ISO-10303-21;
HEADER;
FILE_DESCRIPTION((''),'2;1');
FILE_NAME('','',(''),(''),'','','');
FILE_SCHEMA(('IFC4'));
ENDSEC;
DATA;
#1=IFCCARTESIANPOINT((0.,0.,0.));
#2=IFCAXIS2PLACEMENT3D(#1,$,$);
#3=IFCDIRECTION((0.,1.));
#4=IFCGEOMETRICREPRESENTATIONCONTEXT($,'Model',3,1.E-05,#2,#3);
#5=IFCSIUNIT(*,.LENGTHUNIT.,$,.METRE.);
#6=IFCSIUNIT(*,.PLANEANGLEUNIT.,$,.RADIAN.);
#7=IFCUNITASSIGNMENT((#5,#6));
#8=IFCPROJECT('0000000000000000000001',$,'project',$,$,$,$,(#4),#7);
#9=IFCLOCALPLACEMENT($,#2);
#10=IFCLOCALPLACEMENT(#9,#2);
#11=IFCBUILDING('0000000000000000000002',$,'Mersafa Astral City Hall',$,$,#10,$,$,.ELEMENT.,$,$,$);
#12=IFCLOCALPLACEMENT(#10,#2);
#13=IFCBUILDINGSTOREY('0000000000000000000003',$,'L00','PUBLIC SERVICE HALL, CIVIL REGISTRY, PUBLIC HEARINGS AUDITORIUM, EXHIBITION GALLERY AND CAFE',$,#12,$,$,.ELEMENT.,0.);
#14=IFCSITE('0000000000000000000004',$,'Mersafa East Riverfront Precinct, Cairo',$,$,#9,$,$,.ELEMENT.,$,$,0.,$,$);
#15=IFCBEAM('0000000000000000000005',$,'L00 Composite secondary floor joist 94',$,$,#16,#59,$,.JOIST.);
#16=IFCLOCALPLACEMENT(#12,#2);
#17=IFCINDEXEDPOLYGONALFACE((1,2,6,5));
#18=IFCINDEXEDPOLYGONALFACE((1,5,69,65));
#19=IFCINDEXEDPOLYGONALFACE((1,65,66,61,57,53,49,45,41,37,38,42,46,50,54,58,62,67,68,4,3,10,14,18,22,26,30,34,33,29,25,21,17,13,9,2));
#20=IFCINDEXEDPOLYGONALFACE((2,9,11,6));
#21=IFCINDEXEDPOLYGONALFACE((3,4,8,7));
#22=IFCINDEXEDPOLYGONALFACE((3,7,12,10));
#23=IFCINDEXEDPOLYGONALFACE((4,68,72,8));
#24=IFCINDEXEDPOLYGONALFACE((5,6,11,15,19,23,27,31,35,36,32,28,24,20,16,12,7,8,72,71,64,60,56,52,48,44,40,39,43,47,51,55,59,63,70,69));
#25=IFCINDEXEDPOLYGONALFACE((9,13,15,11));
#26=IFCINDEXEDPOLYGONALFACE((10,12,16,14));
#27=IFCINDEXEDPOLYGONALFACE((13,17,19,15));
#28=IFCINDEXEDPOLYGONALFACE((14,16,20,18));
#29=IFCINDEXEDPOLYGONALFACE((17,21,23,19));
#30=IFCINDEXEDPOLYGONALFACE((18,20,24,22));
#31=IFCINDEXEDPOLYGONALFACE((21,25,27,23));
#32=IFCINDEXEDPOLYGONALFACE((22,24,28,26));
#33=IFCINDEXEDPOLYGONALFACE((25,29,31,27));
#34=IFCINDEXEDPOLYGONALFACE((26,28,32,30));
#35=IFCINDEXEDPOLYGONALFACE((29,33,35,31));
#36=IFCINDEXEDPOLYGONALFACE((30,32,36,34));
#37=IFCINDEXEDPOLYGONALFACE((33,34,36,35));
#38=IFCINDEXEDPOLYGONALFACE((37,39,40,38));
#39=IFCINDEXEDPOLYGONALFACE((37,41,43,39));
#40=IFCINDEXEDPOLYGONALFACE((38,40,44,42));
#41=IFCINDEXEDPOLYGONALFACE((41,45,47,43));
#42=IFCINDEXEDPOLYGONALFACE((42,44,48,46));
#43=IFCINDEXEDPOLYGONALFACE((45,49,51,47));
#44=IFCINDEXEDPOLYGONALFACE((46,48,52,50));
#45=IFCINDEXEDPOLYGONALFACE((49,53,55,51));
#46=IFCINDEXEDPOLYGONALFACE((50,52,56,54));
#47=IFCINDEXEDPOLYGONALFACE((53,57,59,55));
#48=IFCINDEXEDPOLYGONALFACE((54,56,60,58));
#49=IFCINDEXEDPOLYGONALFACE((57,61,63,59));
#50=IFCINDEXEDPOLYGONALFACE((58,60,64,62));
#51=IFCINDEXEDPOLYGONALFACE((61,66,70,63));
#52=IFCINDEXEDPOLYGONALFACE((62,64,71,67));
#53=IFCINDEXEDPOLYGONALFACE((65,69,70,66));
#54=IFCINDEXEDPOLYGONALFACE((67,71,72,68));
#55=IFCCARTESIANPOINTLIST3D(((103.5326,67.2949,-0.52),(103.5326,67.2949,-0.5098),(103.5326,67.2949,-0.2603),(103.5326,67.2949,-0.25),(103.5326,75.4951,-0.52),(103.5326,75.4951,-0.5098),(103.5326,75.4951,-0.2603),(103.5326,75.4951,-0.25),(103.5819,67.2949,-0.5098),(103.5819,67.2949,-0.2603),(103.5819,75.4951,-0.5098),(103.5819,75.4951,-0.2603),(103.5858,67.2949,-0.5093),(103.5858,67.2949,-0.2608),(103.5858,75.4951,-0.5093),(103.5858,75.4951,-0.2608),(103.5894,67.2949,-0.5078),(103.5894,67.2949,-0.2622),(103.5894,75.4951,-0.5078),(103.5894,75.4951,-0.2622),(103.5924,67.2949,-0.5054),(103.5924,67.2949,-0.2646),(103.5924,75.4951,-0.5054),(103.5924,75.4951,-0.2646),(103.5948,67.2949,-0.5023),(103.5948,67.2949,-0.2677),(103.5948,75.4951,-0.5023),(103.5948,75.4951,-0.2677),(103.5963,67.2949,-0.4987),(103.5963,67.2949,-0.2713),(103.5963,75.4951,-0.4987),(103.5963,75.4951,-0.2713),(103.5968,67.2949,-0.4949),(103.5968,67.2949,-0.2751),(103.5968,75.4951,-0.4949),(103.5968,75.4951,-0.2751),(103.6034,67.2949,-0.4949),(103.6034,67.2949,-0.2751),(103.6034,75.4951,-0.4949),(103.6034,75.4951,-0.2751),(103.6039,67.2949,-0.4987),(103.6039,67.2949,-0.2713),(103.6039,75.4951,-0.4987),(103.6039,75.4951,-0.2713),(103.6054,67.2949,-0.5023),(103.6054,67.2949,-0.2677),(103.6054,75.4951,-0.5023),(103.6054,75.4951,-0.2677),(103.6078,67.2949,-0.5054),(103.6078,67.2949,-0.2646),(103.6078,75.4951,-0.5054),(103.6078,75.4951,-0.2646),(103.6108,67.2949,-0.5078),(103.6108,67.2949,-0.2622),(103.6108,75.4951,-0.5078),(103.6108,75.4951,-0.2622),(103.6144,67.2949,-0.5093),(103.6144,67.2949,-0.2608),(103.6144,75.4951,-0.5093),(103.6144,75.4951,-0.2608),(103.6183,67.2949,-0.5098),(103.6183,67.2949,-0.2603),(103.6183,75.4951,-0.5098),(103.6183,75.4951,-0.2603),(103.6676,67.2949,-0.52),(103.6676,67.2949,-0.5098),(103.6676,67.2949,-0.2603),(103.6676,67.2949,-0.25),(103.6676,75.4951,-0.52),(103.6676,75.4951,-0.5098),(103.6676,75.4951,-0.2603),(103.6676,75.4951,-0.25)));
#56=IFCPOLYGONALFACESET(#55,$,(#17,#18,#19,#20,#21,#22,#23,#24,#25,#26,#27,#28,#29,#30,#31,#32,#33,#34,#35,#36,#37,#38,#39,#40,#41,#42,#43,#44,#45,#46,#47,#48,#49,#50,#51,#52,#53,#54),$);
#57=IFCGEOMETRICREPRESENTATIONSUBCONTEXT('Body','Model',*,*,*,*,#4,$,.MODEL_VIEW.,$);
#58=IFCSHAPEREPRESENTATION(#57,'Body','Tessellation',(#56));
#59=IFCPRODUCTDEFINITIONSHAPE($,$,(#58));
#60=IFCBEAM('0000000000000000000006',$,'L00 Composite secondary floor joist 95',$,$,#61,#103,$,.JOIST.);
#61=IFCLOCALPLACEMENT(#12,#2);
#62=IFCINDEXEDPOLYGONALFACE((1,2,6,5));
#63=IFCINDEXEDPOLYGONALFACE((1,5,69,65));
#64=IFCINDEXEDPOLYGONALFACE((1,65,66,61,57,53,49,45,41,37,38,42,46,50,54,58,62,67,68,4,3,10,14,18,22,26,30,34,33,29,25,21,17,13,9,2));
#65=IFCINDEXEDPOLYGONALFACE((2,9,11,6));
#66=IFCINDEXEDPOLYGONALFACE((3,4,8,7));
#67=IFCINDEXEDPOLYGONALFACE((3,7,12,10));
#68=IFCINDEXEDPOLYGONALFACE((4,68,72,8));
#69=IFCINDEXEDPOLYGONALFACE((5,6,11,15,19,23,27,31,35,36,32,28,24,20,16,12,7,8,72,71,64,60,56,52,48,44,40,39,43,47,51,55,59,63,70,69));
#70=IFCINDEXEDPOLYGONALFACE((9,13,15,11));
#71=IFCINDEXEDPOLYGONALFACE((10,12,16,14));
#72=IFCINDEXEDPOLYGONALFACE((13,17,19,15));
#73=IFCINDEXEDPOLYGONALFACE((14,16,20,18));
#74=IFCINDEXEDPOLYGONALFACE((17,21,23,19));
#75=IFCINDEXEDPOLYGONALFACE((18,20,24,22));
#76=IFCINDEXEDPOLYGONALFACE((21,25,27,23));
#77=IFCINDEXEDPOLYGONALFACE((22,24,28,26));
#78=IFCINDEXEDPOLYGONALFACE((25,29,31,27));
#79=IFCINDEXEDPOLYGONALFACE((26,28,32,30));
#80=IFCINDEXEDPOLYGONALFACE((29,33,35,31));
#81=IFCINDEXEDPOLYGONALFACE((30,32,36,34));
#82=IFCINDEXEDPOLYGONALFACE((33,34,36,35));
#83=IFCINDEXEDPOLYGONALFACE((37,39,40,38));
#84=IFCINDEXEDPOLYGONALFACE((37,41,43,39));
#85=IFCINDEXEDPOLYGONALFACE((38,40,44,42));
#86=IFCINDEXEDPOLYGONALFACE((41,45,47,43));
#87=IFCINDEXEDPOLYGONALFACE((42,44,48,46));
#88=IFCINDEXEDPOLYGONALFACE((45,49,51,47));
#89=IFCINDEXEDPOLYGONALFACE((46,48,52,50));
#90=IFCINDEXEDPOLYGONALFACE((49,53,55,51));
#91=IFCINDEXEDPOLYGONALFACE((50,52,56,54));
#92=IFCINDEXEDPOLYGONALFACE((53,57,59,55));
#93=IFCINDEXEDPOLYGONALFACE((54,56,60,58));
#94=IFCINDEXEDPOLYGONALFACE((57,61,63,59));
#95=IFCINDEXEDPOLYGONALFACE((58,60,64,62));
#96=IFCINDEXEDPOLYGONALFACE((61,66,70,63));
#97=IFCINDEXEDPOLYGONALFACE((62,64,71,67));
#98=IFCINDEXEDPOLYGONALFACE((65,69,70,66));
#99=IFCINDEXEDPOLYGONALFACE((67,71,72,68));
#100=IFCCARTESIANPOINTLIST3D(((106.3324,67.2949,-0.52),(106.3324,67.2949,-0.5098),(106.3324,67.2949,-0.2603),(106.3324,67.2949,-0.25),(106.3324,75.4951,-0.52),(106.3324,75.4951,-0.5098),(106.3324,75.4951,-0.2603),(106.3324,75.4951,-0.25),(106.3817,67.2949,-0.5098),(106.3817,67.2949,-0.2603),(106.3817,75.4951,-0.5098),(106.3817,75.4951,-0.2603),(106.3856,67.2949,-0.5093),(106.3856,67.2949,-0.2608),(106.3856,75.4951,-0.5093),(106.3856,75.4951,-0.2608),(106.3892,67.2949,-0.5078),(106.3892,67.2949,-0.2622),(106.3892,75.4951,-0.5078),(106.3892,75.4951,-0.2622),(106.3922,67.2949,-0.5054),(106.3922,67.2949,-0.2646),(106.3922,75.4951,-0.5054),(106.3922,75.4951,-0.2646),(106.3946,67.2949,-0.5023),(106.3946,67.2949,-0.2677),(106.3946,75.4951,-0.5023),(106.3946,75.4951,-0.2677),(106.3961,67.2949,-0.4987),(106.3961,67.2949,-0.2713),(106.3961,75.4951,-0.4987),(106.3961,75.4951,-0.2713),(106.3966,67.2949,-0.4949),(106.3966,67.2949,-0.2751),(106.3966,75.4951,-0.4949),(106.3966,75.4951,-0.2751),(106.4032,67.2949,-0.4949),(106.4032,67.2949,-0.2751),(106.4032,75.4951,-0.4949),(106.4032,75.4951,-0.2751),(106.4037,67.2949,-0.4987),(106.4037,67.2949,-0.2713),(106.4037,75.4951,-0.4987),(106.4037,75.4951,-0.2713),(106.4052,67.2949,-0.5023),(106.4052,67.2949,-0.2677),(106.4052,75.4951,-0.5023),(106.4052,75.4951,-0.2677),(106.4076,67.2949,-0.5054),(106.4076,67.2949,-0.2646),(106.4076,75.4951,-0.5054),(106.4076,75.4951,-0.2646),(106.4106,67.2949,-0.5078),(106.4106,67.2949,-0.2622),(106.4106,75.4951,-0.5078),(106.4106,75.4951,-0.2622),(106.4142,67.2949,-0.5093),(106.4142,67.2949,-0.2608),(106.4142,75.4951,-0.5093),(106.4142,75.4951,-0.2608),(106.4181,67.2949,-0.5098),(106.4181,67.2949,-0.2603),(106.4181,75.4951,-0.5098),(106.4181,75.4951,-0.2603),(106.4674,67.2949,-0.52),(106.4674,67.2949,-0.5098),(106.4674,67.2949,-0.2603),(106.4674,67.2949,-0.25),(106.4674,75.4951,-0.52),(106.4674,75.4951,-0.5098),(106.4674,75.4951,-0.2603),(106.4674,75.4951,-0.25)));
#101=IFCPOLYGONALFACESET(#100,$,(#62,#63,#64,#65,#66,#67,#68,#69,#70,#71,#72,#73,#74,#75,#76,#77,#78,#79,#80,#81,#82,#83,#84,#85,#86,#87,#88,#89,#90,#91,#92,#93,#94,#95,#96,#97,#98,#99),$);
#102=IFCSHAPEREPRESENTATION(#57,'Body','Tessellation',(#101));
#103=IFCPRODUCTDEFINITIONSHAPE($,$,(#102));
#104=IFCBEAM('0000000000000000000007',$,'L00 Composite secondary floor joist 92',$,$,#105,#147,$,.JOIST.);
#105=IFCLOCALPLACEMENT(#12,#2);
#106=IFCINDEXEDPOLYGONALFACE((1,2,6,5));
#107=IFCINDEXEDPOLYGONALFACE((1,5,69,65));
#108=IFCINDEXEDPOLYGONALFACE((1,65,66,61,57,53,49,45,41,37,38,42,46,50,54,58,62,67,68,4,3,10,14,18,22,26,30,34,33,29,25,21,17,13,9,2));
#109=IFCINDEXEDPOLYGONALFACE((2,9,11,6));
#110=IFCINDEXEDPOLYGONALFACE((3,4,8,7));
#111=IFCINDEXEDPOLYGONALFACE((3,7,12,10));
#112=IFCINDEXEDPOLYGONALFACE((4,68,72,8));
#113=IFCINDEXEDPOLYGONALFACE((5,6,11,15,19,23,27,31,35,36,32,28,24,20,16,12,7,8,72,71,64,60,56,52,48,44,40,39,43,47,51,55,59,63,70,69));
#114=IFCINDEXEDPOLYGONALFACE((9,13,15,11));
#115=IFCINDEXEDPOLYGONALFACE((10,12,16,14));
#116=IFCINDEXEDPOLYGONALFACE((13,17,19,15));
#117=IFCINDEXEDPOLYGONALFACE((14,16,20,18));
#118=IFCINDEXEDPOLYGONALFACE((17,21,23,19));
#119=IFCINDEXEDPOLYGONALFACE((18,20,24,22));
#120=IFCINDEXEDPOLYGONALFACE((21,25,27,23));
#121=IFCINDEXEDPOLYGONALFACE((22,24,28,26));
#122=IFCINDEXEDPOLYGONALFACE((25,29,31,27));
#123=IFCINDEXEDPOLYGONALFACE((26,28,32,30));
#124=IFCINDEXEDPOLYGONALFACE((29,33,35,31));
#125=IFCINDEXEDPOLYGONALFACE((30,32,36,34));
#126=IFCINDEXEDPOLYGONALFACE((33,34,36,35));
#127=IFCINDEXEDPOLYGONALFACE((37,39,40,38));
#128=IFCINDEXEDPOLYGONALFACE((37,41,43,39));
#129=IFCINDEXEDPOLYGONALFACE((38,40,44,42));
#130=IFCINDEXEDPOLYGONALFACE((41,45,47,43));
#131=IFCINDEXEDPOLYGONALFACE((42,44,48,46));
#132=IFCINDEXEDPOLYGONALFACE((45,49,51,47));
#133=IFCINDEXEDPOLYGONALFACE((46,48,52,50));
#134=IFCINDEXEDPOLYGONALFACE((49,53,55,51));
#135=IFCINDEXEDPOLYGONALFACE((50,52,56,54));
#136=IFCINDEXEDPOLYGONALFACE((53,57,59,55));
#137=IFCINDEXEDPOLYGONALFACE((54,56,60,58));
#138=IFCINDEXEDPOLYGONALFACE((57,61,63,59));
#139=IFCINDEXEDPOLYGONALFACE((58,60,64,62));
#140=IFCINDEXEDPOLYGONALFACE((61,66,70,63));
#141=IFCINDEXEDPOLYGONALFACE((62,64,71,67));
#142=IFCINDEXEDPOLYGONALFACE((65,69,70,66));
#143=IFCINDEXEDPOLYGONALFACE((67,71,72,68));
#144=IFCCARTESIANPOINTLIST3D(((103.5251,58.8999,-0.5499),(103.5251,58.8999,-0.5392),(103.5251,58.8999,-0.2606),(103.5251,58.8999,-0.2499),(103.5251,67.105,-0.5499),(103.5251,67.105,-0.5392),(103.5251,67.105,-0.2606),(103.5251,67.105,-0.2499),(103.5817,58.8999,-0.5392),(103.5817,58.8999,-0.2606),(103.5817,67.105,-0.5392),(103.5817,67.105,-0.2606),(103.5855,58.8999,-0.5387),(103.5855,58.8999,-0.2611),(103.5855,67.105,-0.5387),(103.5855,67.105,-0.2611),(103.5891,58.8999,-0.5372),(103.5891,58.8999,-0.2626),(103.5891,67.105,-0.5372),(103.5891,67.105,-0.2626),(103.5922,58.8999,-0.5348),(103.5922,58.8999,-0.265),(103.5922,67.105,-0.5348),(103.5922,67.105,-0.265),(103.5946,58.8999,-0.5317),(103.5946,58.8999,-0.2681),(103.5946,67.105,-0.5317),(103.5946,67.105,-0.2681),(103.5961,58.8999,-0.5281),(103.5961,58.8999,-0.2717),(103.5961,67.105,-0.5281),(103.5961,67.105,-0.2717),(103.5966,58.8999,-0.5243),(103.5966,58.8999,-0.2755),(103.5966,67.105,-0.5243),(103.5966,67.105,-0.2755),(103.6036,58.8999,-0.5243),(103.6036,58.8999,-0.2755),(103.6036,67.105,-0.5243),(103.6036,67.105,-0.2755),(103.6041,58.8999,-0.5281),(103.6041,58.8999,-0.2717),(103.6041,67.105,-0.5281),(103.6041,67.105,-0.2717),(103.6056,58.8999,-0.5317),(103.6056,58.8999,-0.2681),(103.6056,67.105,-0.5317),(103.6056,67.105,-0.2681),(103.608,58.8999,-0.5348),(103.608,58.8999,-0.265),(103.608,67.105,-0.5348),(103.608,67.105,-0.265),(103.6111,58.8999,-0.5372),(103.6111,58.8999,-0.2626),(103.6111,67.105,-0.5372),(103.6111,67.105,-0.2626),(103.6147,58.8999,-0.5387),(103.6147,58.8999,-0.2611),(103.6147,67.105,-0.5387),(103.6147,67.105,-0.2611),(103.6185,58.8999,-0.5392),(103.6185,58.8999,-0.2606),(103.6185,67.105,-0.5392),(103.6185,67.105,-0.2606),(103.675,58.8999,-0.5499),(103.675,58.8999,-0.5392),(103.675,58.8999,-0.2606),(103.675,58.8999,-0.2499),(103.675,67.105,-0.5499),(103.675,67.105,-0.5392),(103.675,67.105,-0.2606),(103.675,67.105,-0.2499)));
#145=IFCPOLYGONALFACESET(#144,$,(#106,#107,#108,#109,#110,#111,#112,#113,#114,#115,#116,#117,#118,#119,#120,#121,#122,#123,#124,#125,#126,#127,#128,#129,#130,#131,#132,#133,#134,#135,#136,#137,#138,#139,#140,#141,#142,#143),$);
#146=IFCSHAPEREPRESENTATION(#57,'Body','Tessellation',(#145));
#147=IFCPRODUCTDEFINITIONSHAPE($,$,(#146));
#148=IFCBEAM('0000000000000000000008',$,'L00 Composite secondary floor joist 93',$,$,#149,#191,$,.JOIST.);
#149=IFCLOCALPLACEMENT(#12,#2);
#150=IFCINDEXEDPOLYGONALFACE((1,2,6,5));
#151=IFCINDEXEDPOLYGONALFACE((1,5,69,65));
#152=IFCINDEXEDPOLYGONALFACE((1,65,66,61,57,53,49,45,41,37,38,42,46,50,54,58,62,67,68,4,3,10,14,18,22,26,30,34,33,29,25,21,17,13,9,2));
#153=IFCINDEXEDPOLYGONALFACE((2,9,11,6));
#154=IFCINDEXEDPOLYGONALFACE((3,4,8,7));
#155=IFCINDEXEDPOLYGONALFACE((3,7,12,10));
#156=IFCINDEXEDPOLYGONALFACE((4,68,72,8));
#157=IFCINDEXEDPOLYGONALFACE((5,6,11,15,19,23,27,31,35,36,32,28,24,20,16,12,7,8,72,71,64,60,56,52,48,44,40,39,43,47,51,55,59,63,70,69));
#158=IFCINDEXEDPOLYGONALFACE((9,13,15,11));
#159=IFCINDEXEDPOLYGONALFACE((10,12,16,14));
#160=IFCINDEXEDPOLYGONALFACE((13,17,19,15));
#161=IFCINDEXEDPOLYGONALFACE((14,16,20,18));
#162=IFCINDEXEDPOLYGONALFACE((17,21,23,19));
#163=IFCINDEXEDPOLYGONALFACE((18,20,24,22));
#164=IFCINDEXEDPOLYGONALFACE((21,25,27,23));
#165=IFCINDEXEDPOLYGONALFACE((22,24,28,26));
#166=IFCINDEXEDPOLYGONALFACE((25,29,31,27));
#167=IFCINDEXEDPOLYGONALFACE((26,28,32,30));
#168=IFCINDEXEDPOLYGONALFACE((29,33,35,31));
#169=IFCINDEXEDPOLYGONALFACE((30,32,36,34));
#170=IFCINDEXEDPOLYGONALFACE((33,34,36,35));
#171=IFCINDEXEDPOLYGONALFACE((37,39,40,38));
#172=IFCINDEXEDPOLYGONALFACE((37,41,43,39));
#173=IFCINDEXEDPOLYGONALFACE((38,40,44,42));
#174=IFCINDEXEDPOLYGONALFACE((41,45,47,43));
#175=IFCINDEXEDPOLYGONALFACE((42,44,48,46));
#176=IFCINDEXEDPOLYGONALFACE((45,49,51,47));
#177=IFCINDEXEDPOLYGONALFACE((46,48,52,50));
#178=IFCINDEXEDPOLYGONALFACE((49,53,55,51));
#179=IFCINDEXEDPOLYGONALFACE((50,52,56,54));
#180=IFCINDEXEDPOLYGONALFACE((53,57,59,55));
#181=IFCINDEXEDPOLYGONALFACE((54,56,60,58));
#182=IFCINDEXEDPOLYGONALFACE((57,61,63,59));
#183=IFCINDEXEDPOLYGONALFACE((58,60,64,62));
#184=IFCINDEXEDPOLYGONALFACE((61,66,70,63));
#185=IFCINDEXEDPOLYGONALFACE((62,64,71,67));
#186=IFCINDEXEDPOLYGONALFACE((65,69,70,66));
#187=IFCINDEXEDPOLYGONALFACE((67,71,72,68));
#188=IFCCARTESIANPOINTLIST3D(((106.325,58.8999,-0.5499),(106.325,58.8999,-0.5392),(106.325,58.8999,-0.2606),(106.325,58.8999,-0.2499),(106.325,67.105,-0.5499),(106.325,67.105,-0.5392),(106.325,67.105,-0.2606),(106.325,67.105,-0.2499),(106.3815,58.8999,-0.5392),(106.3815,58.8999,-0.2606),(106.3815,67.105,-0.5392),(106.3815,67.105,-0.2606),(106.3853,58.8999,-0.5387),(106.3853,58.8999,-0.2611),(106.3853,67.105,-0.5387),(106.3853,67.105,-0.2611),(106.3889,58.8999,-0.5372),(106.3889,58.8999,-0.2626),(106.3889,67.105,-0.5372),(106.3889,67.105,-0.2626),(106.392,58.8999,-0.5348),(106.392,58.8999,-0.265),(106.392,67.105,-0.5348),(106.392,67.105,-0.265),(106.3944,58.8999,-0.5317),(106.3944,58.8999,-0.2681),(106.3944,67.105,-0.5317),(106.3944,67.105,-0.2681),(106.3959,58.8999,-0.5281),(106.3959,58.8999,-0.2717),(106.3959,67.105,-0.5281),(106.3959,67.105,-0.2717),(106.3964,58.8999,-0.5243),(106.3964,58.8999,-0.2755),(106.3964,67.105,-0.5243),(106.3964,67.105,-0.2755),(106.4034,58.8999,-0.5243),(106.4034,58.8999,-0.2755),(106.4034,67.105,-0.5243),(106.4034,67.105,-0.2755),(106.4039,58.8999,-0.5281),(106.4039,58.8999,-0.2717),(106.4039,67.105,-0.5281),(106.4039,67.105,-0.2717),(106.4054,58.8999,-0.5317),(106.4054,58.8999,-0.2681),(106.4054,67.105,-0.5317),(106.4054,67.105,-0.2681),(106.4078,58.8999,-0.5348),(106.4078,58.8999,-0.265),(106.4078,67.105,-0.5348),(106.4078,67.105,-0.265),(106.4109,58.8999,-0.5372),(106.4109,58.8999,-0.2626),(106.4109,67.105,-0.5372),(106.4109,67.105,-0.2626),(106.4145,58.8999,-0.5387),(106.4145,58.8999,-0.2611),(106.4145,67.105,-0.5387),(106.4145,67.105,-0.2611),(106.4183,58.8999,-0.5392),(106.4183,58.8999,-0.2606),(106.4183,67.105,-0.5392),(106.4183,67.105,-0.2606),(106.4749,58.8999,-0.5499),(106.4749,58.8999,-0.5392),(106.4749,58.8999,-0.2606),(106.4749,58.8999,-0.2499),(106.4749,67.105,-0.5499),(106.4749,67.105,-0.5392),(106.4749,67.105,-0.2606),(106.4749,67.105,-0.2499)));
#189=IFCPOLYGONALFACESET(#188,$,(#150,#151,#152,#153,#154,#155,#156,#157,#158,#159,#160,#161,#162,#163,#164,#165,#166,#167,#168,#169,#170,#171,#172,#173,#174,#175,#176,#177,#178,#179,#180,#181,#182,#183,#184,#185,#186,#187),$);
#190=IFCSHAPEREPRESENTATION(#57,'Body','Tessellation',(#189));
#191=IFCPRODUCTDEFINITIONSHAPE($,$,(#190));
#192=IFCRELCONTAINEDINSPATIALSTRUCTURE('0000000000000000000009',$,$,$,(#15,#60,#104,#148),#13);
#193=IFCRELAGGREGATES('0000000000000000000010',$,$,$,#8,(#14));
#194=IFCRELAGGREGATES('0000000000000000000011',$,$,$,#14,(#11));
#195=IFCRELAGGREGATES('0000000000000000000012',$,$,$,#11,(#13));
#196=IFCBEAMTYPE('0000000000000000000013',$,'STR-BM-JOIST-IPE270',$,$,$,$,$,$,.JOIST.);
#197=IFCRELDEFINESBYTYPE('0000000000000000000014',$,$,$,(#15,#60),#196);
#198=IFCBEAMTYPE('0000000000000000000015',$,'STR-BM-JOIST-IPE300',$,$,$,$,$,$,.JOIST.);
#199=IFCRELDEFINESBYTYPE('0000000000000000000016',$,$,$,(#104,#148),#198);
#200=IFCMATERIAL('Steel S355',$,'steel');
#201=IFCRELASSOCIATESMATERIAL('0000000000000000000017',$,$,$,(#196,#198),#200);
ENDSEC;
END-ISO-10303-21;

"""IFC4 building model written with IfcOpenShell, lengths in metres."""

from ifc_helpers import new_model, si_unit, direction, frame, origin, origin_2d, place, context, subcontext, project, spatial, i_section, extrude, material, material_profile, profile_set, type_object, element, save


model = new_model("IFC4")

# Units and contexts
model_context = context("Model", 3, precision=1e-05, world=origin(), true_north=direction((0.0, 1.0)))
body_context = subcontext(model_context, "Body", "Model", "MODEL_VIEW")
ifc_project = project(units=[si_unit("LENGTHUNIT", "METRE"), si_unit("PLANEANGLEUNIT", "RADIAN")], contexts=[model_context])

# Site, building, storey
site_placement = place(None, origin())
site = spatial("IfcSite", under=ifc_project, at=site_placement, Name="Mersafa East Riverfront Precinct, Cairo", CompositionType="ELEMENT", RefElevation=0.0)
building_placement = place(site_placement, origin())
building = spatial("IfcBuilding", under=site, at=building_placement, Name="Mersafa Astral City Hall", CompositionType="ELEMENT")
storey_placement = place(building_placement, origin())
storey = spatial("IfcBuildingStorey", under=building, at=storey_placement, Name="L00", Description="PUBLIC SERVICE HALL, CIVIL REGISTRY, PUBLIC HEARINGS AUDITORIUM, EXHIBITION GALLERY AND CAFE", CompositionType="ELEMENT", Elevation=0.0)

# Beams
ifc_material_1 = material(Name="Steel S355", Category="steel")
ifc_material_profile_1 = material_profile(ifc_material_1, i_section(OverallWidth=0.135, OverallDepth=0.27, WebThickness=0.0066, FlangeThickness=0.0103, FilletRadius=0.0149, at=origin_2d()), Name="IPE 270")
ifc_profile_set_1 = profile_set([ifc_material_profile_1], Name="Steel S355")
beam_type_1 = type_object("IfcBeamType", Name="STR-BM-JOIST-IPE270", PredefinedType="JOIST", material=ifc_profile_set_1)
for number, where, z_axis, x_axis, name in (
    (1, (103.6001, 67.2949, -0.385), (0.0, 1.0, 0.0), (-1.0, 0.0, 0.0), "L00 Composite secondary floor joist 94"),
    (2, (106.3999, 67.2949, -0.385), (0.0, 1.0, 0.0), (-1.0, 0.0, 0.0), "L00 Composite secondary floor joist 95"),
):
    element("IfcBeam", number, at=place(storey_placement, frame(where, z_axis=z_axis, x_axis=x_axis)), inside=storey, type_object=beam_type_1, Name=name, PredefinedType="JOIST", context=body_context, shape_type="SweptSolid", body=[
        extrude(i_section(OverallWidth=0.135, OverallDepth=0.27, WebThickness=0.0066, FlangeThickness=0.0103, FilletRadius=0.0149, at=origin_2d()), origin(), (0.0, 0.0, 1.0), 8.2002),
    ])
ifc_material_profile_2 = material_profile(ifc_material_1, i_section(OverallWidth=0.1499, OverallDepth=0.3, WebThickness=0.0071, FlangeThickness=0.0107, FilletRadius=0.0149, at=origin_2d()), Name="IPE 300")
ifc_profile_set_2 = profile_set([ifc_material_profile_2], Name="Steel S355")
beam_type_2 = type_object("IfcBeamType", Name="STR-BM-JOIST-IPE300", PredefinedType="JOIST", material=ifc_profile_set_2)
for number, where, z_axis, x_axis, name in (
    (3, (103.6001, 58.8999, -0.3999), (0.0, 1.0, 0.0), (-1.0, 0.0, 0.0), "L00 Composite secondary floor joist 92"),
    (4, (106.3999, 58.8999, -0.3999), (0.0, 1.0, 0.0), (-1.0, 0.0, 0.0), "L00 Composite secondary floor joist 93"),
):
    element("IfcBeam", number, at=place(storey_placement, frame(where, z_axis=z_axis, x_axis=x_axis)), inside=storey, type_object=beam_type_2, Name=name, PredefinedType="JOIST", context=body_context, shape_type="SweptSolid", body=[
        extrude(i_section(OverallWidth=0.1499, OverallDepth=0.3, WebThickness=0.0071, FlangeThickness=0.0107, FilletRadius=0.0149, at=origin_2d()), origin(), (0.0, 0.0, 1.0), 8.2051),
    ])

save(model, "model.ifc")
